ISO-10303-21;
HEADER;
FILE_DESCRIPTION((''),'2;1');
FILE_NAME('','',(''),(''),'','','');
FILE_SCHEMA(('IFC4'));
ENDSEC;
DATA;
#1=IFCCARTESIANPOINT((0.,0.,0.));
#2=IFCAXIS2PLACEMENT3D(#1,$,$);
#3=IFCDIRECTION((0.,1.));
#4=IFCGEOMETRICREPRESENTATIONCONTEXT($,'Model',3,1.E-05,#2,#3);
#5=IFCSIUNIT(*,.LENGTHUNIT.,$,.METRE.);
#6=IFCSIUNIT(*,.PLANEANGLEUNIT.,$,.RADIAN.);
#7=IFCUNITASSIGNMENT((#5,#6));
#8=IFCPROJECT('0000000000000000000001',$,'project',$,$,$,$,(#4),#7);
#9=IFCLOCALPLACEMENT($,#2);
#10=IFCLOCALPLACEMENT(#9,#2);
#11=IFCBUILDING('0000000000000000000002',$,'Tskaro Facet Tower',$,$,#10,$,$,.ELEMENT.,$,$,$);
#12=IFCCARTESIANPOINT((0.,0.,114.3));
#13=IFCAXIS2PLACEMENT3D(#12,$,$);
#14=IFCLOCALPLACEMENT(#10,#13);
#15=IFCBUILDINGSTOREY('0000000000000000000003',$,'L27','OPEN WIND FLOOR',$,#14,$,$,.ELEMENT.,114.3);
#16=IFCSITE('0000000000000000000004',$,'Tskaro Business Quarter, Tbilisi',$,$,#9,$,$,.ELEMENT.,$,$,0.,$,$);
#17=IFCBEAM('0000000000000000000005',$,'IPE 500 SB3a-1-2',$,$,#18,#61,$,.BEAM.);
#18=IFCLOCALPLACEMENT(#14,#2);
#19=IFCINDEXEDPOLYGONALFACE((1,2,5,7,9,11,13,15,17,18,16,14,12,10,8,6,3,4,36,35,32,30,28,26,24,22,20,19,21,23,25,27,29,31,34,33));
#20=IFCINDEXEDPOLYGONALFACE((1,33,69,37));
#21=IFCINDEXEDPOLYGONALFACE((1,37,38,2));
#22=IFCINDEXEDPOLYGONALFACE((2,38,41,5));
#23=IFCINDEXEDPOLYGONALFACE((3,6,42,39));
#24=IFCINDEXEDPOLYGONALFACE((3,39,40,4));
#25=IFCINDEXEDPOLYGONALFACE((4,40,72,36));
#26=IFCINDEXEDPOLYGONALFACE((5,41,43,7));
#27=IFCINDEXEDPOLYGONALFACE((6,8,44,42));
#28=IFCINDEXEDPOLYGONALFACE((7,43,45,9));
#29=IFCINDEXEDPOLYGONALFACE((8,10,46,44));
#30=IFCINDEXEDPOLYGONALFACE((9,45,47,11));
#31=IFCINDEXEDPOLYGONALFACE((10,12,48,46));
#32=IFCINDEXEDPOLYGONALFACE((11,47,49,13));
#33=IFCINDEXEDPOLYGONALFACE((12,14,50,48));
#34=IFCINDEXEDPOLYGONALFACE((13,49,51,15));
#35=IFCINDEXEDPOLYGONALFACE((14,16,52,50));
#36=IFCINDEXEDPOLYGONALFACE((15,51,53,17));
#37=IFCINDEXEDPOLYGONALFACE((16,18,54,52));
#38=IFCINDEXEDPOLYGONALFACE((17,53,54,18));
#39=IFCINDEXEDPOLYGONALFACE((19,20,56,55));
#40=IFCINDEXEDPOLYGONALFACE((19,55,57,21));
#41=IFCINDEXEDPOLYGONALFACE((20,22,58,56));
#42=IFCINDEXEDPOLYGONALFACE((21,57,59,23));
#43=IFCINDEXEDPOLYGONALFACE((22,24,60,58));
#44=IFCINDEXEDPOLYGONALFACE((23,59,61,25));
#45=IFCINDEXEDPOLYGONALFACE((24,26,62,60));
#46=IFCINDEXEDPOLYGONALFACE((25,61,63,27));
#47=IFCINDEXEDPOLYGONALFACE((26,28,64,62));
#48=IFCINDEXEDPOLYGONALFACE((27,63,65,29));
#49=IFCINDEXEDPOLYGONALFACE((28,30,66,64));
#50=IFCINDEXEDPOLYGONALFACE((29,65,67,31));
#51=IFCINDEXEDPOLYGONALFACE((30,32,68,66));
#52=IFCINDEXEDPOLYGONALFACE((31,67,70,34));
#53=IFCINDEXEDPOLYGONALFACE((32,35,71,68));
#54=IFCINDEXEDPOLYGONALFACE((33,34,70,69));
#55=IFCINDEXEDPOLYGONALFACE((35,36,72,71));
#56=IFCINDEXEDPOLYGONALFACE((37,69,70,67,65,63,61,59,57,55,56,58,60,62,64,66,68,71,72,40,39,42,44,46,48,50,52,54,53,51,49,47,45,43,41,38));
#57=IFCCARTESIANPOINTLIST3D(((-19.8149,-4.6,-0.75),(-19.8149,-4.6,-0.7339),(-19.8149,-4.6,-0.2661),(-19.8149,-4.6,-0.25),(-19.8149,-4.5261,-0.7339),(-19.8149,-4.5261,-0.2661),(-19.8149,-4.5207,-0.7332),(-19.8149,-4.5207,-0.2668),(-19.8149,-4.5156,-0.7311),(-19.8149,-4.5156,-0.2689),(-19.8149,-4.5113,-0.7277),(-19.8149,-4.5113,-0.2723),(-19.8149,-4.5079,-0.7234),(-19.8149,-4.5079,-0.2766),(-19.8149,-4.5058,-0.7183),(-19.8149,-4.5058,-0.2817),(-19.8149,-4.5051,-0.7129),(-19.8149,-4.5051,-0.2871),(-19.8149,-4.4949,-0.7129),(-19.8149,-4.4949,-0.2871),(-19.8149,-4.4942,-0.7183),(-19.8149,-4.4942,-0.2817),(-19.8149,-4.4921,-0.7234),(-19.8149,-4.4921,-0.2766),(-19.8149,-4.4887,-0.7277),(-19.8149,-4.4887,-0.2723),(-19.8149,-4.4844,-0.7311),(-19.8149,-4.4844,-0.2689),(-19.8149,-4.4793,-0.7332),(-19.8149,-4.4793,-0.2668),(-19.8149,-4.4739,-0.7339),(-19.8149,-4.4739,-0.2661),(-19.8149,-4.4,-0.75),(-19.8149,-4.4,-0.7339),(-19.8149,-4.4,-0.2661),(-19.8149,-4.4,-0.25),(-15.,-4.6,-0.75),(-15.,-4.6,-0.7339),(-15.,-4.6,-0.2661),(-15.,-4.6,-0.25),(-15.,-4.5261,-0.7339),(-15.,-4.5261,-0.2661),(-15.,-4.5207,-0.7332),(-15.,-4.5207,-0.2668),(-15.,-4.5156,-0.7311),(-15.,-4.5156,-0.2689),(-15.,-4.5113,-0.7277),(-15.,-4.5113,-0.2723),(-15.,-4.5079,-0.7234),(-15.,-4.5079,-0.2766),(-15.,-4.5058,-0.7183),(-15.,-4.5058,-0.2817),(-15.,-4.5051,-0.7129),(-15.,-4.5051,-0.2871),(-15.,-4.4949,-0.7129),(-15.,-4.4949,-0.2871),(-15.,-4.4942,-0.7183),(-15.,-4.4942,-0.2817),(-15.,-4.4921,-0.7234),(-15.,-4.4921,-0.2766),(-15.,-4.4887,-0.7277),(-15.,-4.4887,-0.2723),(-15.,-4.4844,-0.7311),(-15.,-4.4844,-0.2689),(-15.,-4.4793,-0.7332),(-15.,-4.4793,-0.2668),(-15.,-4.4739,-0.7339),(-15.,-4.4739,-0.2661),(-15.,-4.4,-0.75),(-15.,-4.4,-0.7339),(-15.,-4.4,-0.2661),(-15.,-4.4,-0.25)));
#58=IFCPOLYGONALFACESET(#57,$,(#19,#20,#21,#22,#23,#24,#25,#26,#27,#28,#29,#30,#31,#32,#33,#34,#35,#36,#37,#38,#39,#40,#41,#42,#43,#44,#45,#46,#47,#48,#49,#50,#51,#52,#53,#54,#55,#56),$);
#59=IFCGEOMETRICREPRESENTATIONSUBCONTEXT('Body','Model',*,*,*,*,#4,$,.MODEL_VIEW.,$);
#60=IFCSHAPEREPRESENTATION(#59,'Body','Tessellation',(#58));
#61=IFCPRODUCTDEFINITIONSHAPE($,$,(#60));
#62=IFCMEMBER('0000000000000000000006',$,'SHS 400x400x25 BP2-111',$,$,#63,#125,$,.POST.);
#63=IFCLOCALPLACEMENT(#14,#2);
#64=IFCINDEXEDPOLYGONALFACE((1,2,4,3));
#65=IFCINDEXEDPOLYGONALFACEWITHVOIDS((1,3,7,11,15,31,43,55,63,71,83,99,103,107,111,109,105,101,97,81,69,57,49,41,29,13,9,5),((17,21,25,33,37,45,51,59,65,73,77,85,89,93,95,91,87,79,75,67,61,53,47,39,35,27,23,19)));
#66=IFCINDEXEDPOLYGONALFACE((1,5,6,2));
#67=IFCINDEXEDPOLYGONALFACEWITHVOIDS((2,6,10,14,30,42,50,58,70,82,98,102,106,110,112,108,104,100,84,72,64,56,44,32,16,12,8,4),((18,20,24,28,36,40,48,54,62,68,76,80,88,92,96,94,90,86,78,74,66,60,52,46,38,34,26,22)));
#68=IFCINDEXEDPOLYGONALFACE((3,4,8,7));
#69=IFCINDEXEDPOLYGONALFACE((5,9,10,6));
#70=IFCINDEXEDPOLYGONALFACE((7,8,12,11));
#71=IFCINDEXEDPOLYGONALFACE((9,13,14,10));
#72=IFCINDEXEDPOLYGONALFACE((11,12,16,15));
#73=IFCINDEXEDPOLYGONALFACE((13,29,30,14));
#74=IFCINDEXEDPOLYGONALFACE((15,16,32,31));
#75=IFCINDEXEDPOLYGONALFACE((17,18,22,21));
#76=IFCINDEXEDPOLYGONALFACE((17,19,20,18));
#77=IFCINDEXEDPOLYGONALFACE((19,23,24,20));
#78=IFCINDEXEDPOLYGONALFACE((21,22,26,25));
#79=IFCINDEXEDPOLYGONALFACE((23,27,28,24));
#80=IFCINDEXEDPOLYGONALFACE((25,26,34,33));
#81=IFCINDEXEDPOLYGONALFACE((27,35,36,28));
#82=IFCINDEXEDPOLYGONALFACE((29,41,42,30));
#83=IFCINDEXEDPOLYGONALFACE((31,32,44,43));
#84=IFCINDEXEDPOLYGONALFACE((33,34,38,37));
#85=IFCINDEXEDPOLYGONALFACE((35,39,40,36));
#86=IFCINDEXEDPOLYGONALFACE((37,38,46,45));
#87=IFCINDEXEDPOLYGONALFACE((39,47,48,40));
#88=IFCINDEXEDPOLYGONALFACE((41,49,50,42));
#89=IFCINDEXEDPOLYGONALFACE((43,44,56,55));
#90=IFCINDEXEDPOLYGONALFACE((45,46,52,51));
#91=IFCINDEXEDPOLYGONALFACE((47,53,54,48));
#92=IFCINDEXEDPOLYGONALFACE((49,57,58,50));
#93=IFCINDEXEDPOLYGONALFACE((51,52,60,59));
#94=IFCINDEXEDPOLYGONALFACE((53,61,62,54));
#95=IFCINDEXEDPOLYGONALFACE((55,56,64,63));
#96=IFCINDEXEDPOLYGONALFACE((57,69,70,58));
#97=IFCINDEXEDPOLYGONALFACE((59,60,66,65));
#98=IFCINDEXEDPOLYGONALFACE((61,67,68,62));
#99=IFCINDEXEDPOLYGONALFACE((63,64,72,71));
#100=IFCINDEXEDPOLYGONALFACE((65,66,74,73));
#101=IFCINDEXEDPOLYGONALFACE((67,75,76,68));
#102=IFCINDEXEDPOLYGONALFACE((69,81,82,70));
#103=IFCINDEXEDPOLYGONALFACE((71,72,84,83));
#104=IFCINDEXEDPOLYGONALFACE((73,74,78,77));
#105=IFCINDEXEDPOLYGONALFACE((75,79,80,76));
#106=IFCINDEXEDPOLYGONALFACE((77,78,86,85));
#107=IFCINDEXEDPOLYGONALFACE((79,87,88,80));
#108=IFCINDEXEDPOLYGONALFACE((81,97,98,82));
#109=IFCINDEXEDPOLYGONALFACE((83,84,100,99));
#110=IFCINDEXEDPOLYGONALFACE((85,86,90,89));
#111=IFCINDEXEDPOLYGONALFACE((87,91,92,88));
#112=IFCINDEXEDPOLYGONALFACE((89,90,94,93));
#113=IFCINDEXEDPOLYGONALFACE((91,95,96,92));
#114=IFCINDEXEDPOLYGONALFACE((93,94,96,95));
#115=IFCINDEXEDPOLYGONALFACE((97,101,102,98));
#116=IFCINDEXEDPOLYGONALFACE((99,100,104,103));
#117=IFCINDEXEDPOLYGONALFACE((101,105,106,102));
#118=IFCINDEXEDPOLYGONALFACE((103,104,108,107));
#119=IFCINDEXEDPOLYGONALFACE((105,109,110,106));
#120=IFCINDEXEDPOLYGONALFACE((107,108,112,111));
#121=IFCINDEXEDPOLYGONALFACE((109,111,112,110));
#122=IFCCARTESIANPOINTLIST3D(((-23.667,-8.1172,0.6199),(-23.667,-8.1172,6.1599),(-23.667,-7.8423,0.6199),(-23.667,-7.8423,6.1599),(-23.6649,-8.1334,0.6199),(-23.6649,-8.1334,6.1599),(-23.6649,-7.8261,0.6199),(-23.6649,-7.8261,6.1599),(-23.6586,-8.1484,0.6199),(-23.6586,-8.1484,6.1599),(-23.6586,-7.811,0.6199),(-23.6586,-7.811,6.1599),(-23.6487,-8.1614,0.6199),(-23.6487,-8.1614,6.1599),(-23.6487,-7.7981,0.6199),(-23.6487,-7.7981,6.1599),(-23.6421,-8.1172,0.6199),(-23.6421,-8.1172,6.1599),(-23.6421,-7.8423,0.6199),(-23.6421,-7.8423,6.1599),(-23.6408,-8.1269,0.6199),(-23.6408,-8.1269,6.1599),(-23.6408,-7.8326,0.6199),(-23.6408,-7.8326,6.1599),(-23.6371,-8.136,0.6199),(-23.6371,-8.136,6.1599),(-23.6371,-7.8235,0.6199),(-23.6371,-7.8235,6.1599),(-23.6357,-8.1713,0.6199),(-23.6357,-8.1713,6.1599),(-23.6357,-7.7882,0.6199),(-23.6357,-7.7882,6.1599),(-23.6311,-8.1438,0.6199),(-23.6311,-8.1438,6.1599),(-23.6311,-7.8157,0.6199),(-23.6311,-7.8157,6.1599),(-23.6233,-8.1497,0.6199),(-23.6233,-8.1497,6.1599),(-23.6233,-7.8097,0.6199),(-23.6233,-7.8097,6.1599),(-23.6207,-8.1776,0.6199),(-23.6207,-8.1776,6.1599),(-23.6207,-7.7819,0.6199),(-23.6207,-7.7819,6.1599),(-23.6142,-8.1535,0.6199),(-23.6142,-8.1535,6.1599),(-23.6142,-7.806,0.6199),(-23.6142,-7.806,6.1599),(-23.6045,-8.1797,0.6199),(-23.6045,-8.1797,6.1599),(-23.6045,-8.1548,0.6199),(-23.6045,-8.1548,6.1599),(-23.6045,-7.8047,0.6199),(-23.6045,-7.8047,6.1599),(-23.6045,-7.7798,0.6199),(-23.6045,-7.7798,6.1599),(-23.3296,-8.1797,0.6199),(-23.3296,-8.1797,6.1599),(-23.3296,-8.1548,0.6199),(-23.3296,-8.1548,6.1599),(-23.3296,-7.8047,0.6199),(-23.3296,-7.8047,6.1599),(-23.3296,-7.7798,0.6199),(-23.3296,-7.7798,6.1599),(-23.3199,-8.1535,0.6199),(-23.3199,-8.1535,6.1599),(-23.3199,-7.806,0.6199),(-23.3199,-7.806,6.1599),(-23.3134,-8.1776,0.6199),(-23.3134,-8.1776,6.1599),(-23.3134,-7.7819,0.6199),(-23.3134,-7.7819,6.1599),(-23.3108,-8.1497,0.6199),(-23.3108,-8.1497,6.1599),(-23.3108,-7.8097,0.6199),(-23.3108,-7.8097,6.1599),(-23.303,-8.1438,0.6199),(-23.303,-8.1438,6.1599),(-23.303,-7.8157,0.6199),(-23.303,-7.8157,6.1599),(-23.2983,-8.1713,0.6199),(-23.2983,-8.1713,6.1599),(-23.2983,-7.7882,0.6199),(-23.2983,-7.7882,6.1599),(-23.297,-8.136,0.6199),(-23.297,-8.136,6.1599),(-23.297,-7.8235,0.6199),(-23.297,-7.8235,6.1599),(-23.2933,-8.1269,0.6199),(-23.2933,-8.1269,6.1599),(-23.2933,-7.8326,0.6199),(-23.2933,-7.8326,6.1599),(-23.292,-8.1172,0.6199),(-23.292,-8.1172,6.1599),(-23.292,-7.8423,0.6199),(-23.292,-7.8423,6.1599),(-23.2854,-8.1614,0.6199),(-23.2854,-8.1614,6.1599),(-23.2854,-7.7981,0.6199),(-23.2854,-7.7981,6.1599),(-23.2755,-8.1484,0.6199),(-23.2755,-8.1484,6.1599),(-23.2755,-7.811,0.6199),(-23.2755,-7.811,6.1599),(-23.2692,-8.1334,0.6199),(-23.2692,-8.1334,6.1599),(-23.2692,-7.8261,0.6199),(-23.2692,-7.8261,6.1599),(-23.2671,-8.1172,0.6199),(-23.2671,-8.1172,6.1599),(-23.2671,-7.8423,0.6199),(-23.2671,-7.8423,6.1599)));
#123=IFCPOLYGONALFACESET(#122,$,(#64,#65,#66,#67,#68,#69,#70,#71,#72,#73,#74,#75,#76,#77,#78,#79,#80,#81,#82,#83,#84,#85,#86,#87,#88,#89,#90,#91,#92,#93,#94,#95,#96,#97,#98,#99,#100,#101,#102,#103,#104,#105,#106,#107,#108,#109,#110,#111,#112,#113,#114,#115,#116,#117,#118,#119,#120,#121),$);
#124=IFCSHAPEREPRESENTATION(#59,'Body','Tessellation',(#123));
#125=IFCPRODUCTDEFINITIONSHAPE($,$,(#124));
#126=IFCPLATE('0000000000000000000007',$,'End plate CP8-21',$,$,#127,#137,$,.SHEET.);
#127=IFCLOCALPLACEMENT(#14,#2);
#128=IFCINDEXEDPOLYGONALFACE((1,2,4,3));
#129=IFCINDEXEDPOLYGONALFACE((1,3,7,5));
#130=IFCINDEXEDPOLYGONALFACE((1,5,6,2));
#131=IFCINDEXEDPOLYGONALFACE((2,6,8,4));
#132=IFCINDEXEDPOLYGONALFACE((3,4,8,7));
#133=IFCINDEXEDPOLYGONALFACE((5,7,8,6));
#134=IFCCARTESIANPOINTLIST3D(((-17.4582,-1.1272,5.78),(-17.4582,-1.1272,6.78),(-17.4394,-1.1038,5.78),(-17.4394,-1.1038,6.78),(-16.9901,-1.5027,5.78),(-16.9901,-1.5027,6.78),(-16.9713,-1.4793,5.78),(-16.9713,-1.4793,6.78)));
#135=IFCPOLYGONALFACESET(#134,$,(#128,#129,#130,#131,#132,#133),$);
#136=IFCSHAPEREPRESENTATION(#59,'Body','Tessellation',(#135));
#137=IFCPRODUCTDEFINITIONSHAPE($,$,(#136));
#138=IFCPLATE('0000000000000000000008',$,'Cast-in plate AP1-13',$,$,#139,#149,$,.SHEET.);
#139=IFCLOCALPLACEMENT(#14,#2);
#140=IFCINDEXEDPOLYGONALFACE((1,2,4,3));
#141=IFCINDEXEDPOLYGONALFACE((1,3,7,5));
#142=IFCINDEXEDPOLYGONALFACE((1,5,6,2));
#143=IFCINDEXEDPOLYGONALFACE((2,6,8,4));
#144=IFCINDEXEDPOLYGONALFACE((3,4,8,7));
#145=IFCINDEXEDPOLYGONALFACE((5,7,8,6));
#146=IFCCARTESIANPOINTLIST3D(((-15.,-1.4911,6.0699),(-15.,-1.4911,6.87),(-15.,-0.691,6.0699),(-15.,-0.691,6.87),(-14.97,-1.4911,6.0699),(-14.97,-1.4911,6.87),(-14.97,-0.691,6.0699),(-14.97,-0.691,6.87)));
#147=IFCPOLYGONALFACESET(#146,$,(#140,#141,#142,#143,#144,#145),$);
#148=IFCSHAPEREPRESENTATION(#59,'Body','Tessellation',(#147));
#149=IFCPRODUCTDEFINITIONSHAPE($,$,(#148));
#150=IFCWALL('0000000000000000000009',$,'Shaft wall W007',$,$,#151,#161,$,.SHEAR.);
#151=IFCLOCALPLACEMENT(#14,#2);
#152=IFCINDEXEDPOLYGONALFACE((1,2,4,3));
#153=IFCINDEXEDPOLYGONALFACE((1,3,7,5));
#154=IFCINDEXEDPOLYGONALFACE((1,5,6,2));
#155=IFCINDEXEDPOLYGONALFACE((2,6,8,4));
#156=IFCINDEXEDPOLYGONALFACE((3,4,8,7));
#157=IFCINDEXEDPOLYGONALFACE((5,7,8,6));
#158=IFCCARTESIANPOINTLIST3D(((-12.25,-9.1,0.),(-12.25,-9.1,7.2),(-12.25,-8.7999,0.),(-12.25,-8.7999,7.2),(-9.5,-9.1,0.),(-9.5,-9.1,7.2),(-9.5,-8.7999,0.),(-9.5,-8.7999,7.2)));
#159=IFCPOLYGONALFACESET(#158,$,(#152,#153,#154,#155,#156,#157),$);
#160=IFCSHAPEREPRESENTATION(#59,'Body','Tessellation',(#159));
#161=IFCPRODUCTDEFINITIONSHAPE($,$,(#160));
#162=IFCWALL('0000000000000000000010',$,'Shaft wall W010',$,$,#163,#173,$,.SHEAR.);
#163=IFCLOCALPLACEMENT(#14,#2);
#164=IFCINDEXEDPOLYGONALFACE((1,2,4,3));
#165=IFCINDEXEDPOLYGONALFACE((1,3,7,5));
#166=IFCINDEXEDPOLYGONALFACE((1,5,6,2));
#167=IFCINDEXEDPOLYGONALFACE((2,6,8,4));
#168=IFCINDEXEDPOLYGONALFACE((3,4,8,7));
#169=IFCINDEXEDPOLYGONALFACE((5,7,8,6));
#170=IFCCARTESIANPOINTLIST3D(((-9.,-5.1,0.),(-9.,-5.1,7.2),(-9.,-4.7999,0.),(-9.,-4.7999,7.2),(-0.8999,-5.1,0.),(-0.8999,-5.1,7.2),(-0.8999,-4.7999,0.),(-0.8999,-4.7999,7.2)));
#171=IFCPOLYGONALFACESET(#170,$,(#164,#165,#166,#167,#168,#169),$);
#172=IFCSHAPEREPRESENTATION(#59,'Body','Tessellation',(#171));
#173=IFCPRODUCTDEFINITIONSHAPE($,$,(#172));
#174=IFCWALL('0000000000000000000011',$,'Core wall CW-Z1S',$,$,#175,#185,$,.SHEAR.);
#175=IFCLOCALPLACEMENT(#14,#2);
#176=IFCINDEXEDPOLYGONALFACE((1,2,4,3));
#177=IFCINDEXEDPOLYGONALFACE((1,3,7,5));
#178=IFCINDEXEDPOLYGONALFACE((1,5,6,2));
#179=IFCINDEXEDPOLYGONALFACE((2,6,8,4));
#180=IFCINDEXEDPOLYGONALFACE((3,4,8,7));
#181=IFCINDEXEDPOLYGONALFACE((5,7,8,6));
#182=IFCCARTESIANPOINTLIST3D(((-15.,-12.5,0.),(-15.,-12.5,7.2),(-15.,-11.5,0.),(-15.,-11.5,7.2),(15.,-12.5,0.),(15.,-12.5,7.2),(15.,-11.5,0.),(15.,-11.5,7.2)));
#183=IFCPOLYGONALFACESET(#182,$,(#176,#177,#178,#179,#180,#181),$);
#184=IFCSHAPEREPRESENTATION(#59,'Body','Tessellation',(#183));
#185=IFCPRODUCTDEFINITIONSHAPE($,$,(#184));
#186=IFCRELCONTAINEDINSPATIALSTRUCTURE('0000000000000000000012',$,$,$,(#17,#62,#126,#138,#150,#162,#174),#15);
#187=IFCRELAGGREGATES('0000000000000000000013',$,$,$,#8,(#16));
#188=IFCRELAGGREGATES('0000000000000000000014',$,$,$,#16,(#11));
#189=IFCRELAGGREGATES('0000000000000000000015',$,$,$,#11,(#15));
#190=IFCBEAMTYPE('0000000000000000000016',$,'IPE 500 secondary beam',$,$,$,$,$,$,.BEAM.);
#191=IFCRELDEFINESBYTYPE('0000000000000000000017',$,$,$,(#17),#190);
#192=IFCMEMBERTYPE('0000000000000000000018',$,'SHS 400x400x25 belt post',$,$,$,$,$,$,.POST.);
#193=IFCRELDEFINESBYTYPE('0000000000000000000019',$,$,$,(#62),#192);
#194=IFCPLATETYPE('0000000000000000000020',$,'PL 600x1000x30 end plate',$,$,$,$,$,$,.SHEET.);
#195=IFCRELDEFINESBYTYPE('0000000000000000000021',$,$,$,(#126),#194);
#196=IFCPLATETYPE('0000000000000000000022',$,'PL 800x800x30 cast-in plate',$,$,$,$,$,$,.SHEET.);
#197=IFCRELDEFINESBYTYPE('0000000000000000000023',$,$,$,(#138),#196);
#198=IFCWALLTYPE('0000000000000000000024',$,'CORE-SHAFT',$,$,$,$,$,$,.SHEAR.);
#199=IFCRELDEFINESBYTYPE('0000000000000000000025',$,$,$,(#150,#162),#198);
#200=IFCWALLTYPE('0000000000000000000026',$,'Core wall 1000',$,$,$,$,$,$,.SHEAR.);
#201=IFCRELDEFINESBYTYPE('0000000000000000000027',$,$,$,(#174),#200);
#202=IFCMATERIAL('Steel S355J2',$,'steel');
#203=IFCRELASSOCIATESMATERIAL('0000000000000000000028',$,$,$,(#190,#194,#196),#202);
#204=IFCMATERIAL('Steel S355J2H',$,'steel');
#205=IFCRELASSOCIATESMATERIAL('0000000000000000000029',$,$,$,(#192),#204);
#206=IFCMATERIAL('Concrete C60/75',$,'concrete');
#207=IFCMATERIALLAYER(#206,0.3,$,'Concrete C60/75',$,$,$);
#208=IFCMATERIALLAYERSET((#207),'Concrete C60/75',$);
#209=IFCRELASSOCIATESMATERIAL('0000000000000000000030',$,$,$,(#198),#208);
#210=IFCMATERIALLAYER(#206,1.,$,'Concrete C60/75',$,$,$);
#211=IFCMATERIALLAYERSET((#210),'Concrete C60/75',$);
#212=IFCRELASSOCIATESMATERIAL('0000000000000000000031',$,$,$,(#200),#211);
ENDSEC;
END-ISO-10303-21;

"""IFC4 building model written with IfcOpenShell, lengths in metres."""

from ifc_helpers import new_model, si_unit, direction, frame, frame_2d, origin, origin_2d, place, context, subcontext, project, spatial, rectangle, hollow_rectangle, i_section, extrude, material, layer, layer_set, material_profile, profile_set, type_object, element, save


model = new_model("IFC4")

# Units and contexts
model_context = context("Model", 3, precision=1e-05, world=origin(), true_north=direction((0.0, 1.0)))
body_context = subcontext(model_context, "Body", "Model", "MODEL_VIEW")
ifc_project = project(units=[si_unit("LENGTHUNIT", "METRE"), si_unit("PLANEANGLEUNIT", "RADIAN")], contexts=[model_context])

# Site, building, storey
site_placement = place(None, origin())
site = spatial("IfcSite", under=ifc_project, at=site_placement, Name="Tskaro Business Quarter, Tbilisi", CompositionType="ELEMENT", RefElevation=0.0)
building_placement = place(site_placement, origin())
building = spatial("IfcBuilding", under=site, at=building_placement, Name="Tskaro Facet Tower", CompositionType="ELEMENT")
storey_placement = place(building_placement, frame((0.0, 0.0, 114.3)))
storey = spatial("IfcBuildingStorey", under=building, at=storey_placement, Name="L27", Description="OPEN WIND FLOOR", CompositionType="ELEMENT", Elevation=114.3)

# Shared definitions
ifc_material_1 = material(Name="Steel S355J2H", Category="steel")

# Shared definitions
ifc_material_2 = material(Name="Steel S355J2", Category="steel")

# Beam
ifc_material_profile_1 = material_profile(ifc_material_2, i_section(OverallWidth=0.2, OverallDepth=0.5, WebThickness=0.0103, FlangeThickness=0.0161, FilletRadius=0.021, at=origin_2d()), Name="IPE 500")
ifc_profile_set_1 = profile_set([ifc_material_profile_1], Name="Steel S355J2")
beam_type_1 = type_object("IfcBeamType", Name="IPE 500 secondary beam", PredefinedType="BEAM", material=ifc_profile_set_1)
beam_1_placement = place(storey_placement, frame((-19.8149, -4.5, -0.5), z_axis=(1.0, 0.0, 0.0), x_axis=(0.0, 1.0, 0.0)))
element("IfcBeam", 1, at=beam_1_placement, inside=storey, type_object=beam_type_1, Name="IPE 500 SB3a-1-2", PredefinedType="BEAM", context=body_context, shape_type="SweptSolid", body=[
    extrude(i_section(OverallWidth=0.2, OverallDepth=0.5, WebThickness=0.0103, FlangeThickness=0.0161, FilletRadius=0.021, at=origin_2d()), origin(), (0.0, 0.0, 1.0), 4.8149),
])

# Member
ifc_material_profile_2 = material_profile(ifc_material_1, hollow_rectangle(XDim=0.3999, YDim=0.3999, WallThickness=0.0249, InnerFilletRadius=0.0376, OuterFilletRadius=0.0625, at=origin_2d()), Name="SHS 400x400x25")
ifc_profile_set_2 = profile_set([ifc_material_profile_2], Name="Steel S355J2H")
member_type_1 = type_object("IfcMemberType", Name="SHS 400x400x25 belt post", PredefinedType="POST", material=ifc_profile_set_2)
member_1_placement = place(storey_placement, frame((-23.467, -7.9797, 0.6199), z_axis=(0.0, 0.0, 1.0), x_axis=(1.0, 0.0, 0.0)))
element("IfcMember", 2, at=member_1_placement, inside=storey, type_object=member_type_1, Name="SHS 400x400x25 BP2-111", PredefinedType="POST", context=body_context, shape_type="SweptSolid", body=[
    extrude(hollow_rectangle(XDim=0.3999, YDim=0.3999, WallThickness=0.0249, InnerFilletRadius=0.0376, OuterFilletRadius=0.0625, at=origin_2d()), origin(), (0.0, 0.0, 1.0), 5.54),
])

# Plates
ifc_material_profile_3 = material_profile(ifc_material_2, rectangle(XDim=0.6001, YDim=1.0, at=origin_2d()), Name="PL 600x1000x30 end plate")
ifc_profile_set_3 = profile_set([ifc_material_profile_3], Name="Steel S355J2")
plate_type_1 = type_object("IfcPlateType", Name="PL 600x1000x30 end plate", PredefinedType="SHEET", material=ifc_profile_set_3)
plate_1_placement = place(storey_placement, frame((-17.2241, -1.3149, 6.28), z_axis=(0.625685, 0.780075, 0.0), x_axis=(-0.780075, 0.625685, 0.0)))
element("IfcPlate", 3, at=plate_1_placement, inside=storey, type_object=plate_type_1, Name="End plate CP8-21", PredefinedType="SHEET", context=body_context, shape_type="SweptSolid", body=[
    extrude(rectangle(XDim=0.6001, YDim=1.0, at=origin_2d()), origin(), (0.0, 0.0, 1.0), 0.03),
])
ifc_material_profile_4 = material_profile(ifc_material_2, rectangle(XDim=0.8, YDim=0.8, at=origin_2d()), Name="PL 800x800x30 cast-in plate")
ifc_profile_set_4 = profile_set([ifc_material_profile_4], Name="Steel S355J2")
plate_type_2 = type_object("IfcPlateType", Name="PL 800x800x30 cast-in plate", PredefinedType="SHEET", material=ifc_profile_set_4)
plate_2_placement = place(storey_placement, frame((-14.97, -1.0911, 6.47), z_axis=(-1.0, 0.0, 0.0), x_axis=(0.0, -1.0, 0.0)))
element("IfcPlate", 4, at=plate_2_placement, inside=storey, type_object=plate_type_2, Name="Cast-in plate AP1-13", PredefinedType="SHEET", context=body_context, shape_type="SweptSolid", body=[
    extrude(rectangle(XDim=0.8, YDim=0.8, at=origin_2d()), origin(), (0.0, 0.0, 1.0), 0.03),
])

# Walls
ifc_material_3 = material(Name="Concrete C60/75", Category="concrete")
ifc_layer_1 = layer(ifc_material_3, 0.3, Name="Concrete C60/75")
ifc_layer_set_1 = layer_set([ifc_layer_1], Name="Concrete C60/75")
wall_type_1 = type_object("IfcWallType", Name="CORE-SHAFT", PredefinedType="SHEAR", material=ifc_layer_set_1)
wall_1_placement = place(storey_placement, frame((-12.25, -8.95, 0.0), z_axis=(0.0, 0.0, 1.0), x_axis=(1.0, 0.0, 0.0)))
element("IfcWall", 5, at=wall_1_placement, inside=storey, type_object=wall_type_1, Name="Shaft wall W007", PredefinedType="SHEAR", context=body_context, shape_type="SweptSolid", body=[
    extrude(rectangle(XDim=2.75, YDim=0.3, at=frame_2d((1.375, 0.0))), origin(), (0.0, 0.0, 1.0), 7.2),
])
wall_2_placement = place(storey_placement, frame((-9.0, -4.95, 0.0), z_axis=(0.0, 0.0, 1.0), x_axis=(1.0, 0.0, 0.0)))
element("IfcWall", 6, at=wall_2_placement, inside=storey, type_object=wall_type_1, Name="Shaft wall W010", PredefinedType="SHEAR", context=body_context, shape_type="SweptSolid", body=[
    extrude(rectangle(XDim=8.1001, YDim=0.3, at=frame_2d((4.05, 0.0))), origin(), (0.0, 0.0, 1.0), 7.2),
])
ifc_layer_2 = layer(ifc_material_3, 1.0, Name="Concrete C60/75")
ifc_layer_set_2 = layer_set([ifc_layer_2], Name="Concrete C60/75")
wall_type_2 = type_object("IfcWallType", Name="Core wall 1000", PredefinedType="SHEAR", material=ifc_layer_set_2)
wall_3_placement = place(storey_placement, frame((-15.0, -12.0, 0.0), z_axis=(0.0, 0.0, 1.0), x_axis=(1.0, 0.0, 0.0)))
element("IfcWall", 7, at=wall_3_placement, inside=storey, type_object=wall_type_2, Name="Core wall CW-Z1S", PredefinedType="SHEAR", context=body_context, shape_type="SweptSolid", body=[
    extrude(rectangle(XDim=30.0, YDim=1.0, at=frame_2d((15.0, 0.0))), origin(), (0.0, 0.0, 1.0), 7.2),
])

save(model, "model.ifc")
